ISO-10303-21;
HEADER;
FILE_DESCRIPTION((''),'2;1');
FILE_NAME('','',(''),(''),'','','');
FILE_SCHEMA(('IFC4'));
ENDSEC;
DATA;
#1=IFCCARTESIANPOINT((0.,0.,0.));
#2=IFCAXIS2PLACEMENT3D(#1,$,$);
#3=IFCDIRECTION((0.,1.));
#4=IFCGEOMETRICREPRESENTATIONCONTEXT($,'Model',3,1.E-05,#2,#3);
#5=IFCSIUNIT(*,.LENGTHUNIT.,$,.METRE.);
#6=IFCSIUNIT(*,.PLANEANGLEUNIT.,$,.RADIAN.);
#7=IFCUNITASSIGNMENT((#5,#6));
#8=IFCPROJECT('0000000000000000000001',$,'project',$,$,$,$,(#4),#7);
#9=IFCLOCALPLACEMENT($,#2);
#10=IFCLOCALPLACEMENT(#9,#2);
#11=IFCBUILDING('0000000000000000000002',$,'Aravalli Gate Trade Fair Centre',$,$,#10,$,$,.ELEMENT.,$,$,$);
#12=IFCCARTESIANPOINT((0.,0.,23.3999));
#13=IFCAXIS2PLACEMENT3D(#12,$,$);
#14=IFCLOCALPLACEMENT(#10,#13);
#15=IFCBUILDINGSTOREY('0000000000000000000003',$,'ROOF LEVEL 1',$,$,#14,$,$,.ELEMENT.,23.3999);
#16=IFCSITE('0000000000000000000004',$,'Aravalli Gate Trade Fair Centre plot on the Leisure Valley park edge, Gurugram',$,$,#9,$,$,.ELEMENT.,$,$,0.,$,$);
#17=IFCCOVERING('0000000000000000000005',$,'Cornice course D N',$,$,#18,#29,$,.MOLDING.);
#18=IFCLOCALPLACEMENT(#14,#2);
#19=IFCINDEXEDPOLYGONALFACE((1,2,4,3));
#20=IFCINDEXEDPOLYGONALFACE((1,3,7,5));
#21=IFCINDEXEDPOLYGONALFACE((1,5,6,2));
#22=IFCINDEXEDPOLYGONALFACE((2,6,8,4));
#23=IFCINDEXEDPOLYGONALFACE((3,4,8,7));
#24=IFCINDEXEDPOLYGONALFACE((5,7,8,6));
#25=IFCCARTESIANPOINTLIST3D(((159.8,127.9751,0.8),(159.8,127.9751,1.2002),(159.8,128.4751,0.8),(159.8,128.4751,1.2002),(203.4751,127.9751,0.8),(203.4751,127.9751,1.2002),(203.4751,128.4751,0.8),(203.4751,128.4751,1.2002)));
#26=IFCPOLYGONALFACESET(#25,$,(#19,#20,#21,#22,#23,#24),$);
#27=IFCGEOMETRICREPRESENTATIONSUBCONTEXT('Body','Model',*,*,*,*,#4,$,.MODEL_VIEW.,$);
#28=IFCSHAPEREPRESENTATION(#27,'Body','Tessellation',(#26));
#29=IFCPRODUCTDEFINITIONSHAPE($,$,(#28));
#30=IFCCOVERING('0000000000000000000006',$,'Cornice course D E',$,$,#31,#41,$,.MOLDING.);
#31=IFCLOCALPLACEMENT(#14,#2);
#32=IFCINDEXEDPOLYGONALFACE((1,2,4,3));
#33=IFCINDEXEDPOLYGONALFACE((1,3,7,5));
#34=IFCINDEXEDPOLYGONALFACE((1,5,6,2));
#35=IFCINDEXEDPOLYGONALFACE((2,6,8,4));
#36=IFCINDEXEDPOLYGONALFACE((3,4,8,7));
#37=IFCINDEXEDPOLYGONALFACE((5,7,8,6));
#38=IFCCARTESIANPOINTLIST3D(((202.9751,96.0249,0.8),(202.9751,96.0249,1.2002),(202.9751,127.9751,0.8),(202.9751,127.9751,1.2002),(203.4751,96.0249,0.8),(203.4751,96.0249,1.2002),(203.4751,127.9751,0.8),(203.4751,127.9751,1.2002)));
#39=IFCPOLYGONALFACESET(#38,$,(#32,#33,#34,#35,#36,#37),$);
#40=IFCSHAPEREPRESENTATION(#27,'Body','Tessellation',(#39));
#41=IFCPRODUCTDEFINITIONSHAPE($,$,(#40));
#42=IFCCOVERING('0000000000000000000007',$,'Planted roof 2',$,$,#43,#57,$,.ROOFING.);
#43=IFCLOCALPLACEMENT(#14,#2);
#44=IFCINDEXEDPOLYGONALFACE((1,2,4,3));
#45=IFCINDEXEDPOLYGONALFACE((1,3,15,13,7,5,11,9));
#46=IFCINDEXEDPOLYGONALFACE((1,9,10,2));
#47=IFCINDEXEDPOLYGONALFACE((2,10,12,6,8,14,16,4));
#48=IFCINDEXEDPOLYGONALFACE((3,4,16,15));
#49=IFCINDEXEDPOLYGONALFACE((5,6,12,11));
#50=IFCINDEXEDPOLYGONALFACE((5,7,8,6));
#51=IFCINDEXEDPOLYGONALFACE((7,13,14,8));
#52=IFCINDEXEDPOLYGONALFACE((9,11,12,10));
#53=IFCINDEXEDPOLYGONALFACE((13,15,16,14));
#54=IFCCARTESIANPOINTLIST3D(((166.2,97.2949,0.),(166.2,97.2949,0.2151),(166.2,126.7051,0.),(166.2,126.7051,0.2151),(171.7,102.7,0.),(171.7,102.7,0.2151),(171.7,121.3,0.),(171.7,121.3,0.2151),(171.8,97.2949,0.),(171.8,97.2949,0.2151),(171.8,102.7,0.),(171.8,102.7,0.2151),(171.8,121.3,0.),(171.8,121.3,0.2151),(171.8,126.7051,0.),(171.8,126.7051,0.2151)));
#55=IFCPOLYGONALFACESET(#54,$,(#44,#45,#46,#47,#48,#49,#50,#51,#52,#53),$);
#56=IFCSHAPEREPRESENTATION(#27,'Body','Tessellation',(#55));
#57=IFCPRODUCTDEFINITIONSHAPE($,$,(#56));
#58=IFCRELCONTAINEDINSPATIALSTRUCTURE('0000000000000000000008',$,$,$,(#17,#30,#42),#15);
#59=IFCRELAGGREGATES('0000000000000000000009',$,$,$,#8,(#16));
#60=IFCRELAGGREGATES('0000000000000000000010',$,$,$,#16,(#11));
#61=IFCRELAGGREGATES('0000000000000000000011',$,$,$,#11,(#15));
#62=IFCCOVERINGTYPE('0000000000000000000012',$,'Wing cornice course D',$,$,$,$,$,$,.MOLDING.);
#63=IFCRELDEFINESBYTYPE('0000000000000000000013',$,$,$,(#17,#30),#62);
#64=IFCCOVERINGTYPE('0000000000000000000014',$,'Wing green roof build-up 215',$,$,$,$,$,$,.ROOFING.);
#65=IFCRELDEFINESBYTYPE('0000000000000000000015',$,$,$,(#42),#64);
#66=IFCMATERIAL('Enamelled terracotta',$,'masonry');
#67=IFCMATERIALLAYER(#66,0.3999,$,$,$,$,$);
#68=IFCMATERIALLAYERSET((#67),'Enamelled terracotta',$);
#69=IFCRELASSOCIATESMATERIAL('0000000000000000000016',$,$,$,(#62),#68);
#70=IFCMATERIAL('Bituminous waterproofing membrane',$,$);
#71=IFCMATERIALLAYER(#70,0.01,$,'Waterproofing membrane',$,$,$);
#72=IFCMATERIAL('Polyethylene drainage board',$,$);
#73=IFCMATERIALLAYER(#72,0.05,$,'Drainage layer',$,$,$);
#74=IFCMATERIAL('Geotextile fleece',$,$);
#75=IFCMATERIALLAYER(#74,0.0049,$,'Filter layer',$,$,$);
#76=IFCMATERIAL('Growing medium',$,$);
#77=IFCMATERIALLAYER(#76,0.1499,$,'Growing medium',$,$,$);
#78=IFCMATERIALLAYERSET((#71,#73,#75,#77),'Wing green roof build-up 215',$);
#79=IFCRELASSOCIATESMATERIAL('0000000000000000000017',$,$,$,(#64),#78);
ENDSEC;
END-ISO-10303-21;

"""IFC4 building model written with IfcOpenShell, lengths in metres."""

from ifc_helpers import new_model, si_unit, direction, frame, origin, place, context, subcontext, project, spatial, polyline, outline, extrude, material, layer, layer_set, type_object, element, save


model = new_model("IFC4")

# Units and contexts
model_context = context("Model", 3, precision=1e-05, world=origin(), true_north=direction((0.0, 1.0)))
body_context = subcontext(model_context, "Body", "Model", "MODEL_VIEW")
ifc_project = project(units=[si_unit("LENGTHUNIT", "METRE"), si_unit("PLANEANGLEUNIT", "RADIAN")], contexts=[model_context])

# Site, building, storey
site_placement = place(None, origin())
site = spatial("IfcSite", under=ifc_project, at=site_placement, Name="Aravalli Gate Trade Fair Centre plot on the Leisure Valley park edge, Gurugram", CompositionType="ELEMENT", RefElevation=0.0)
building_placement = place(site_placement, origin())
building = spatial("IfcBuilding", under=site, at=building_placement, Name="Aravalli Gate Trade Fair Centre", CompositionType="ELEMENT")
storey_placement = place(building_placement, frame((0.0, 0.0, 23.3999)))
storey = spatial("IfcBuildingStorey", under=building, at=storey_placement, Name="ROOF LEVEL 1", CompositionType="ELEMENT", Elevation=23.3999)

# Coverings
ifc_material_1 = material(Name="Enamelled terracotta", Category="masonry")
ifc_layer_1 = layer(ifc_material_1, 0.3999)
ifc_layer_set_1 = layer_set([ifc_layer_1], Name="Enamelled terracotta")
covering_type_1 = type_object("IfcCoveringType", Name="Wing cornice course D", PredefinedType="MOLDING", material=ifc_layer_set_1)
covering_1_placement = place(storey_placement, frame((0.0, 0.0, 0.8)))
element("IfcCovering", 1, at=covering_1_placement, inside=storey, type_object=covering_type_1, Name="Cornice course D N", PredefinedType="MOLDING", context=body_context, shape_type="SweptSolid", body=[
    extrude(outline(polyline([(159.8, 127.9751), (203.4751, 127.9751), (203.4751, 128.4751), (159.8, 128.4751), (159.8, 127.9751)])), origin(), (0.0, 0.0, 1.0), 0.4001),
])
covering_2_placement = place(storey_placement, frame((0.0, 0.0, 0.8)))
element("IfcCovering", 2, at=covering_2_placement, inside=storey, type_object=covering_type_1, Name="Cornice course D E", PredefinedType="MOLDING", context=body_context, shape_type="SweptSolid", body=[
    extrude(outline(polyline([(202.9751, 96.0249), (203.4751, 96.0249), (203.4751, 127.9751), (202.9751, 127.9751), (202.9751, 96.0249)])), origin(), (0.0, 0.0, 1.0), 0.4001),
])
ifc_material_2 = material(Name="Bituminous waterproofing membrane")
ifc_layer_2 = layer(ifc_material_2, 0.01, Name="Waterproofing membrane")
ifc_material_3 = material(Name="Polyethylene drainage board")
ifc_layer_3 = layer(ifc_material_3, 0.05, Name="Drainage layer")
ifc_material_4 = material(Name="Geotextile fleece")
ifc_layer_4 = layer(ifc_material_4, 0.0049, Name="Filter layer")
ifc_material_5 = material(Name="Growing medium")
ifc_layer_5 = layer(ifc_material_5, 0.1499, Name="Growing medium")
ifc_layer_set_2 = layer_set([ifc_layer_2, ifc_layer_3, ifc_layer_4, ifc_layer_5], Name="Wing green roof build-up 215")
covering_type_2 = type_object("IfcCoveringType", Name="Wing green roof build-up 215", PredefinedType="ROOFING", material=ifc_layer_set_2)
covering_3_placement = place(storey_placement, origin())
element("IfcCovering", 3, at=covering_3_placement, inside=storey, type_object=covering_type_2, Name="Planted roof 2", PredefinedType="ROOFING", context=body_context, shape_type="SweptSolid", body=[
    extrude(outline(polyline([(171.8, 126.7051), (171.8, 121.3), (171.7, 121.3), (171.7, 102.7), (171.8, 102.7), (171.8, 97.2949), (166.2, 97.2949), (166.2, 126.7051), (171.8, 126.7051)])), origin(), (0.0, 0.0, 1.0), 0.2151),
])

save(model, "model.ifc")
